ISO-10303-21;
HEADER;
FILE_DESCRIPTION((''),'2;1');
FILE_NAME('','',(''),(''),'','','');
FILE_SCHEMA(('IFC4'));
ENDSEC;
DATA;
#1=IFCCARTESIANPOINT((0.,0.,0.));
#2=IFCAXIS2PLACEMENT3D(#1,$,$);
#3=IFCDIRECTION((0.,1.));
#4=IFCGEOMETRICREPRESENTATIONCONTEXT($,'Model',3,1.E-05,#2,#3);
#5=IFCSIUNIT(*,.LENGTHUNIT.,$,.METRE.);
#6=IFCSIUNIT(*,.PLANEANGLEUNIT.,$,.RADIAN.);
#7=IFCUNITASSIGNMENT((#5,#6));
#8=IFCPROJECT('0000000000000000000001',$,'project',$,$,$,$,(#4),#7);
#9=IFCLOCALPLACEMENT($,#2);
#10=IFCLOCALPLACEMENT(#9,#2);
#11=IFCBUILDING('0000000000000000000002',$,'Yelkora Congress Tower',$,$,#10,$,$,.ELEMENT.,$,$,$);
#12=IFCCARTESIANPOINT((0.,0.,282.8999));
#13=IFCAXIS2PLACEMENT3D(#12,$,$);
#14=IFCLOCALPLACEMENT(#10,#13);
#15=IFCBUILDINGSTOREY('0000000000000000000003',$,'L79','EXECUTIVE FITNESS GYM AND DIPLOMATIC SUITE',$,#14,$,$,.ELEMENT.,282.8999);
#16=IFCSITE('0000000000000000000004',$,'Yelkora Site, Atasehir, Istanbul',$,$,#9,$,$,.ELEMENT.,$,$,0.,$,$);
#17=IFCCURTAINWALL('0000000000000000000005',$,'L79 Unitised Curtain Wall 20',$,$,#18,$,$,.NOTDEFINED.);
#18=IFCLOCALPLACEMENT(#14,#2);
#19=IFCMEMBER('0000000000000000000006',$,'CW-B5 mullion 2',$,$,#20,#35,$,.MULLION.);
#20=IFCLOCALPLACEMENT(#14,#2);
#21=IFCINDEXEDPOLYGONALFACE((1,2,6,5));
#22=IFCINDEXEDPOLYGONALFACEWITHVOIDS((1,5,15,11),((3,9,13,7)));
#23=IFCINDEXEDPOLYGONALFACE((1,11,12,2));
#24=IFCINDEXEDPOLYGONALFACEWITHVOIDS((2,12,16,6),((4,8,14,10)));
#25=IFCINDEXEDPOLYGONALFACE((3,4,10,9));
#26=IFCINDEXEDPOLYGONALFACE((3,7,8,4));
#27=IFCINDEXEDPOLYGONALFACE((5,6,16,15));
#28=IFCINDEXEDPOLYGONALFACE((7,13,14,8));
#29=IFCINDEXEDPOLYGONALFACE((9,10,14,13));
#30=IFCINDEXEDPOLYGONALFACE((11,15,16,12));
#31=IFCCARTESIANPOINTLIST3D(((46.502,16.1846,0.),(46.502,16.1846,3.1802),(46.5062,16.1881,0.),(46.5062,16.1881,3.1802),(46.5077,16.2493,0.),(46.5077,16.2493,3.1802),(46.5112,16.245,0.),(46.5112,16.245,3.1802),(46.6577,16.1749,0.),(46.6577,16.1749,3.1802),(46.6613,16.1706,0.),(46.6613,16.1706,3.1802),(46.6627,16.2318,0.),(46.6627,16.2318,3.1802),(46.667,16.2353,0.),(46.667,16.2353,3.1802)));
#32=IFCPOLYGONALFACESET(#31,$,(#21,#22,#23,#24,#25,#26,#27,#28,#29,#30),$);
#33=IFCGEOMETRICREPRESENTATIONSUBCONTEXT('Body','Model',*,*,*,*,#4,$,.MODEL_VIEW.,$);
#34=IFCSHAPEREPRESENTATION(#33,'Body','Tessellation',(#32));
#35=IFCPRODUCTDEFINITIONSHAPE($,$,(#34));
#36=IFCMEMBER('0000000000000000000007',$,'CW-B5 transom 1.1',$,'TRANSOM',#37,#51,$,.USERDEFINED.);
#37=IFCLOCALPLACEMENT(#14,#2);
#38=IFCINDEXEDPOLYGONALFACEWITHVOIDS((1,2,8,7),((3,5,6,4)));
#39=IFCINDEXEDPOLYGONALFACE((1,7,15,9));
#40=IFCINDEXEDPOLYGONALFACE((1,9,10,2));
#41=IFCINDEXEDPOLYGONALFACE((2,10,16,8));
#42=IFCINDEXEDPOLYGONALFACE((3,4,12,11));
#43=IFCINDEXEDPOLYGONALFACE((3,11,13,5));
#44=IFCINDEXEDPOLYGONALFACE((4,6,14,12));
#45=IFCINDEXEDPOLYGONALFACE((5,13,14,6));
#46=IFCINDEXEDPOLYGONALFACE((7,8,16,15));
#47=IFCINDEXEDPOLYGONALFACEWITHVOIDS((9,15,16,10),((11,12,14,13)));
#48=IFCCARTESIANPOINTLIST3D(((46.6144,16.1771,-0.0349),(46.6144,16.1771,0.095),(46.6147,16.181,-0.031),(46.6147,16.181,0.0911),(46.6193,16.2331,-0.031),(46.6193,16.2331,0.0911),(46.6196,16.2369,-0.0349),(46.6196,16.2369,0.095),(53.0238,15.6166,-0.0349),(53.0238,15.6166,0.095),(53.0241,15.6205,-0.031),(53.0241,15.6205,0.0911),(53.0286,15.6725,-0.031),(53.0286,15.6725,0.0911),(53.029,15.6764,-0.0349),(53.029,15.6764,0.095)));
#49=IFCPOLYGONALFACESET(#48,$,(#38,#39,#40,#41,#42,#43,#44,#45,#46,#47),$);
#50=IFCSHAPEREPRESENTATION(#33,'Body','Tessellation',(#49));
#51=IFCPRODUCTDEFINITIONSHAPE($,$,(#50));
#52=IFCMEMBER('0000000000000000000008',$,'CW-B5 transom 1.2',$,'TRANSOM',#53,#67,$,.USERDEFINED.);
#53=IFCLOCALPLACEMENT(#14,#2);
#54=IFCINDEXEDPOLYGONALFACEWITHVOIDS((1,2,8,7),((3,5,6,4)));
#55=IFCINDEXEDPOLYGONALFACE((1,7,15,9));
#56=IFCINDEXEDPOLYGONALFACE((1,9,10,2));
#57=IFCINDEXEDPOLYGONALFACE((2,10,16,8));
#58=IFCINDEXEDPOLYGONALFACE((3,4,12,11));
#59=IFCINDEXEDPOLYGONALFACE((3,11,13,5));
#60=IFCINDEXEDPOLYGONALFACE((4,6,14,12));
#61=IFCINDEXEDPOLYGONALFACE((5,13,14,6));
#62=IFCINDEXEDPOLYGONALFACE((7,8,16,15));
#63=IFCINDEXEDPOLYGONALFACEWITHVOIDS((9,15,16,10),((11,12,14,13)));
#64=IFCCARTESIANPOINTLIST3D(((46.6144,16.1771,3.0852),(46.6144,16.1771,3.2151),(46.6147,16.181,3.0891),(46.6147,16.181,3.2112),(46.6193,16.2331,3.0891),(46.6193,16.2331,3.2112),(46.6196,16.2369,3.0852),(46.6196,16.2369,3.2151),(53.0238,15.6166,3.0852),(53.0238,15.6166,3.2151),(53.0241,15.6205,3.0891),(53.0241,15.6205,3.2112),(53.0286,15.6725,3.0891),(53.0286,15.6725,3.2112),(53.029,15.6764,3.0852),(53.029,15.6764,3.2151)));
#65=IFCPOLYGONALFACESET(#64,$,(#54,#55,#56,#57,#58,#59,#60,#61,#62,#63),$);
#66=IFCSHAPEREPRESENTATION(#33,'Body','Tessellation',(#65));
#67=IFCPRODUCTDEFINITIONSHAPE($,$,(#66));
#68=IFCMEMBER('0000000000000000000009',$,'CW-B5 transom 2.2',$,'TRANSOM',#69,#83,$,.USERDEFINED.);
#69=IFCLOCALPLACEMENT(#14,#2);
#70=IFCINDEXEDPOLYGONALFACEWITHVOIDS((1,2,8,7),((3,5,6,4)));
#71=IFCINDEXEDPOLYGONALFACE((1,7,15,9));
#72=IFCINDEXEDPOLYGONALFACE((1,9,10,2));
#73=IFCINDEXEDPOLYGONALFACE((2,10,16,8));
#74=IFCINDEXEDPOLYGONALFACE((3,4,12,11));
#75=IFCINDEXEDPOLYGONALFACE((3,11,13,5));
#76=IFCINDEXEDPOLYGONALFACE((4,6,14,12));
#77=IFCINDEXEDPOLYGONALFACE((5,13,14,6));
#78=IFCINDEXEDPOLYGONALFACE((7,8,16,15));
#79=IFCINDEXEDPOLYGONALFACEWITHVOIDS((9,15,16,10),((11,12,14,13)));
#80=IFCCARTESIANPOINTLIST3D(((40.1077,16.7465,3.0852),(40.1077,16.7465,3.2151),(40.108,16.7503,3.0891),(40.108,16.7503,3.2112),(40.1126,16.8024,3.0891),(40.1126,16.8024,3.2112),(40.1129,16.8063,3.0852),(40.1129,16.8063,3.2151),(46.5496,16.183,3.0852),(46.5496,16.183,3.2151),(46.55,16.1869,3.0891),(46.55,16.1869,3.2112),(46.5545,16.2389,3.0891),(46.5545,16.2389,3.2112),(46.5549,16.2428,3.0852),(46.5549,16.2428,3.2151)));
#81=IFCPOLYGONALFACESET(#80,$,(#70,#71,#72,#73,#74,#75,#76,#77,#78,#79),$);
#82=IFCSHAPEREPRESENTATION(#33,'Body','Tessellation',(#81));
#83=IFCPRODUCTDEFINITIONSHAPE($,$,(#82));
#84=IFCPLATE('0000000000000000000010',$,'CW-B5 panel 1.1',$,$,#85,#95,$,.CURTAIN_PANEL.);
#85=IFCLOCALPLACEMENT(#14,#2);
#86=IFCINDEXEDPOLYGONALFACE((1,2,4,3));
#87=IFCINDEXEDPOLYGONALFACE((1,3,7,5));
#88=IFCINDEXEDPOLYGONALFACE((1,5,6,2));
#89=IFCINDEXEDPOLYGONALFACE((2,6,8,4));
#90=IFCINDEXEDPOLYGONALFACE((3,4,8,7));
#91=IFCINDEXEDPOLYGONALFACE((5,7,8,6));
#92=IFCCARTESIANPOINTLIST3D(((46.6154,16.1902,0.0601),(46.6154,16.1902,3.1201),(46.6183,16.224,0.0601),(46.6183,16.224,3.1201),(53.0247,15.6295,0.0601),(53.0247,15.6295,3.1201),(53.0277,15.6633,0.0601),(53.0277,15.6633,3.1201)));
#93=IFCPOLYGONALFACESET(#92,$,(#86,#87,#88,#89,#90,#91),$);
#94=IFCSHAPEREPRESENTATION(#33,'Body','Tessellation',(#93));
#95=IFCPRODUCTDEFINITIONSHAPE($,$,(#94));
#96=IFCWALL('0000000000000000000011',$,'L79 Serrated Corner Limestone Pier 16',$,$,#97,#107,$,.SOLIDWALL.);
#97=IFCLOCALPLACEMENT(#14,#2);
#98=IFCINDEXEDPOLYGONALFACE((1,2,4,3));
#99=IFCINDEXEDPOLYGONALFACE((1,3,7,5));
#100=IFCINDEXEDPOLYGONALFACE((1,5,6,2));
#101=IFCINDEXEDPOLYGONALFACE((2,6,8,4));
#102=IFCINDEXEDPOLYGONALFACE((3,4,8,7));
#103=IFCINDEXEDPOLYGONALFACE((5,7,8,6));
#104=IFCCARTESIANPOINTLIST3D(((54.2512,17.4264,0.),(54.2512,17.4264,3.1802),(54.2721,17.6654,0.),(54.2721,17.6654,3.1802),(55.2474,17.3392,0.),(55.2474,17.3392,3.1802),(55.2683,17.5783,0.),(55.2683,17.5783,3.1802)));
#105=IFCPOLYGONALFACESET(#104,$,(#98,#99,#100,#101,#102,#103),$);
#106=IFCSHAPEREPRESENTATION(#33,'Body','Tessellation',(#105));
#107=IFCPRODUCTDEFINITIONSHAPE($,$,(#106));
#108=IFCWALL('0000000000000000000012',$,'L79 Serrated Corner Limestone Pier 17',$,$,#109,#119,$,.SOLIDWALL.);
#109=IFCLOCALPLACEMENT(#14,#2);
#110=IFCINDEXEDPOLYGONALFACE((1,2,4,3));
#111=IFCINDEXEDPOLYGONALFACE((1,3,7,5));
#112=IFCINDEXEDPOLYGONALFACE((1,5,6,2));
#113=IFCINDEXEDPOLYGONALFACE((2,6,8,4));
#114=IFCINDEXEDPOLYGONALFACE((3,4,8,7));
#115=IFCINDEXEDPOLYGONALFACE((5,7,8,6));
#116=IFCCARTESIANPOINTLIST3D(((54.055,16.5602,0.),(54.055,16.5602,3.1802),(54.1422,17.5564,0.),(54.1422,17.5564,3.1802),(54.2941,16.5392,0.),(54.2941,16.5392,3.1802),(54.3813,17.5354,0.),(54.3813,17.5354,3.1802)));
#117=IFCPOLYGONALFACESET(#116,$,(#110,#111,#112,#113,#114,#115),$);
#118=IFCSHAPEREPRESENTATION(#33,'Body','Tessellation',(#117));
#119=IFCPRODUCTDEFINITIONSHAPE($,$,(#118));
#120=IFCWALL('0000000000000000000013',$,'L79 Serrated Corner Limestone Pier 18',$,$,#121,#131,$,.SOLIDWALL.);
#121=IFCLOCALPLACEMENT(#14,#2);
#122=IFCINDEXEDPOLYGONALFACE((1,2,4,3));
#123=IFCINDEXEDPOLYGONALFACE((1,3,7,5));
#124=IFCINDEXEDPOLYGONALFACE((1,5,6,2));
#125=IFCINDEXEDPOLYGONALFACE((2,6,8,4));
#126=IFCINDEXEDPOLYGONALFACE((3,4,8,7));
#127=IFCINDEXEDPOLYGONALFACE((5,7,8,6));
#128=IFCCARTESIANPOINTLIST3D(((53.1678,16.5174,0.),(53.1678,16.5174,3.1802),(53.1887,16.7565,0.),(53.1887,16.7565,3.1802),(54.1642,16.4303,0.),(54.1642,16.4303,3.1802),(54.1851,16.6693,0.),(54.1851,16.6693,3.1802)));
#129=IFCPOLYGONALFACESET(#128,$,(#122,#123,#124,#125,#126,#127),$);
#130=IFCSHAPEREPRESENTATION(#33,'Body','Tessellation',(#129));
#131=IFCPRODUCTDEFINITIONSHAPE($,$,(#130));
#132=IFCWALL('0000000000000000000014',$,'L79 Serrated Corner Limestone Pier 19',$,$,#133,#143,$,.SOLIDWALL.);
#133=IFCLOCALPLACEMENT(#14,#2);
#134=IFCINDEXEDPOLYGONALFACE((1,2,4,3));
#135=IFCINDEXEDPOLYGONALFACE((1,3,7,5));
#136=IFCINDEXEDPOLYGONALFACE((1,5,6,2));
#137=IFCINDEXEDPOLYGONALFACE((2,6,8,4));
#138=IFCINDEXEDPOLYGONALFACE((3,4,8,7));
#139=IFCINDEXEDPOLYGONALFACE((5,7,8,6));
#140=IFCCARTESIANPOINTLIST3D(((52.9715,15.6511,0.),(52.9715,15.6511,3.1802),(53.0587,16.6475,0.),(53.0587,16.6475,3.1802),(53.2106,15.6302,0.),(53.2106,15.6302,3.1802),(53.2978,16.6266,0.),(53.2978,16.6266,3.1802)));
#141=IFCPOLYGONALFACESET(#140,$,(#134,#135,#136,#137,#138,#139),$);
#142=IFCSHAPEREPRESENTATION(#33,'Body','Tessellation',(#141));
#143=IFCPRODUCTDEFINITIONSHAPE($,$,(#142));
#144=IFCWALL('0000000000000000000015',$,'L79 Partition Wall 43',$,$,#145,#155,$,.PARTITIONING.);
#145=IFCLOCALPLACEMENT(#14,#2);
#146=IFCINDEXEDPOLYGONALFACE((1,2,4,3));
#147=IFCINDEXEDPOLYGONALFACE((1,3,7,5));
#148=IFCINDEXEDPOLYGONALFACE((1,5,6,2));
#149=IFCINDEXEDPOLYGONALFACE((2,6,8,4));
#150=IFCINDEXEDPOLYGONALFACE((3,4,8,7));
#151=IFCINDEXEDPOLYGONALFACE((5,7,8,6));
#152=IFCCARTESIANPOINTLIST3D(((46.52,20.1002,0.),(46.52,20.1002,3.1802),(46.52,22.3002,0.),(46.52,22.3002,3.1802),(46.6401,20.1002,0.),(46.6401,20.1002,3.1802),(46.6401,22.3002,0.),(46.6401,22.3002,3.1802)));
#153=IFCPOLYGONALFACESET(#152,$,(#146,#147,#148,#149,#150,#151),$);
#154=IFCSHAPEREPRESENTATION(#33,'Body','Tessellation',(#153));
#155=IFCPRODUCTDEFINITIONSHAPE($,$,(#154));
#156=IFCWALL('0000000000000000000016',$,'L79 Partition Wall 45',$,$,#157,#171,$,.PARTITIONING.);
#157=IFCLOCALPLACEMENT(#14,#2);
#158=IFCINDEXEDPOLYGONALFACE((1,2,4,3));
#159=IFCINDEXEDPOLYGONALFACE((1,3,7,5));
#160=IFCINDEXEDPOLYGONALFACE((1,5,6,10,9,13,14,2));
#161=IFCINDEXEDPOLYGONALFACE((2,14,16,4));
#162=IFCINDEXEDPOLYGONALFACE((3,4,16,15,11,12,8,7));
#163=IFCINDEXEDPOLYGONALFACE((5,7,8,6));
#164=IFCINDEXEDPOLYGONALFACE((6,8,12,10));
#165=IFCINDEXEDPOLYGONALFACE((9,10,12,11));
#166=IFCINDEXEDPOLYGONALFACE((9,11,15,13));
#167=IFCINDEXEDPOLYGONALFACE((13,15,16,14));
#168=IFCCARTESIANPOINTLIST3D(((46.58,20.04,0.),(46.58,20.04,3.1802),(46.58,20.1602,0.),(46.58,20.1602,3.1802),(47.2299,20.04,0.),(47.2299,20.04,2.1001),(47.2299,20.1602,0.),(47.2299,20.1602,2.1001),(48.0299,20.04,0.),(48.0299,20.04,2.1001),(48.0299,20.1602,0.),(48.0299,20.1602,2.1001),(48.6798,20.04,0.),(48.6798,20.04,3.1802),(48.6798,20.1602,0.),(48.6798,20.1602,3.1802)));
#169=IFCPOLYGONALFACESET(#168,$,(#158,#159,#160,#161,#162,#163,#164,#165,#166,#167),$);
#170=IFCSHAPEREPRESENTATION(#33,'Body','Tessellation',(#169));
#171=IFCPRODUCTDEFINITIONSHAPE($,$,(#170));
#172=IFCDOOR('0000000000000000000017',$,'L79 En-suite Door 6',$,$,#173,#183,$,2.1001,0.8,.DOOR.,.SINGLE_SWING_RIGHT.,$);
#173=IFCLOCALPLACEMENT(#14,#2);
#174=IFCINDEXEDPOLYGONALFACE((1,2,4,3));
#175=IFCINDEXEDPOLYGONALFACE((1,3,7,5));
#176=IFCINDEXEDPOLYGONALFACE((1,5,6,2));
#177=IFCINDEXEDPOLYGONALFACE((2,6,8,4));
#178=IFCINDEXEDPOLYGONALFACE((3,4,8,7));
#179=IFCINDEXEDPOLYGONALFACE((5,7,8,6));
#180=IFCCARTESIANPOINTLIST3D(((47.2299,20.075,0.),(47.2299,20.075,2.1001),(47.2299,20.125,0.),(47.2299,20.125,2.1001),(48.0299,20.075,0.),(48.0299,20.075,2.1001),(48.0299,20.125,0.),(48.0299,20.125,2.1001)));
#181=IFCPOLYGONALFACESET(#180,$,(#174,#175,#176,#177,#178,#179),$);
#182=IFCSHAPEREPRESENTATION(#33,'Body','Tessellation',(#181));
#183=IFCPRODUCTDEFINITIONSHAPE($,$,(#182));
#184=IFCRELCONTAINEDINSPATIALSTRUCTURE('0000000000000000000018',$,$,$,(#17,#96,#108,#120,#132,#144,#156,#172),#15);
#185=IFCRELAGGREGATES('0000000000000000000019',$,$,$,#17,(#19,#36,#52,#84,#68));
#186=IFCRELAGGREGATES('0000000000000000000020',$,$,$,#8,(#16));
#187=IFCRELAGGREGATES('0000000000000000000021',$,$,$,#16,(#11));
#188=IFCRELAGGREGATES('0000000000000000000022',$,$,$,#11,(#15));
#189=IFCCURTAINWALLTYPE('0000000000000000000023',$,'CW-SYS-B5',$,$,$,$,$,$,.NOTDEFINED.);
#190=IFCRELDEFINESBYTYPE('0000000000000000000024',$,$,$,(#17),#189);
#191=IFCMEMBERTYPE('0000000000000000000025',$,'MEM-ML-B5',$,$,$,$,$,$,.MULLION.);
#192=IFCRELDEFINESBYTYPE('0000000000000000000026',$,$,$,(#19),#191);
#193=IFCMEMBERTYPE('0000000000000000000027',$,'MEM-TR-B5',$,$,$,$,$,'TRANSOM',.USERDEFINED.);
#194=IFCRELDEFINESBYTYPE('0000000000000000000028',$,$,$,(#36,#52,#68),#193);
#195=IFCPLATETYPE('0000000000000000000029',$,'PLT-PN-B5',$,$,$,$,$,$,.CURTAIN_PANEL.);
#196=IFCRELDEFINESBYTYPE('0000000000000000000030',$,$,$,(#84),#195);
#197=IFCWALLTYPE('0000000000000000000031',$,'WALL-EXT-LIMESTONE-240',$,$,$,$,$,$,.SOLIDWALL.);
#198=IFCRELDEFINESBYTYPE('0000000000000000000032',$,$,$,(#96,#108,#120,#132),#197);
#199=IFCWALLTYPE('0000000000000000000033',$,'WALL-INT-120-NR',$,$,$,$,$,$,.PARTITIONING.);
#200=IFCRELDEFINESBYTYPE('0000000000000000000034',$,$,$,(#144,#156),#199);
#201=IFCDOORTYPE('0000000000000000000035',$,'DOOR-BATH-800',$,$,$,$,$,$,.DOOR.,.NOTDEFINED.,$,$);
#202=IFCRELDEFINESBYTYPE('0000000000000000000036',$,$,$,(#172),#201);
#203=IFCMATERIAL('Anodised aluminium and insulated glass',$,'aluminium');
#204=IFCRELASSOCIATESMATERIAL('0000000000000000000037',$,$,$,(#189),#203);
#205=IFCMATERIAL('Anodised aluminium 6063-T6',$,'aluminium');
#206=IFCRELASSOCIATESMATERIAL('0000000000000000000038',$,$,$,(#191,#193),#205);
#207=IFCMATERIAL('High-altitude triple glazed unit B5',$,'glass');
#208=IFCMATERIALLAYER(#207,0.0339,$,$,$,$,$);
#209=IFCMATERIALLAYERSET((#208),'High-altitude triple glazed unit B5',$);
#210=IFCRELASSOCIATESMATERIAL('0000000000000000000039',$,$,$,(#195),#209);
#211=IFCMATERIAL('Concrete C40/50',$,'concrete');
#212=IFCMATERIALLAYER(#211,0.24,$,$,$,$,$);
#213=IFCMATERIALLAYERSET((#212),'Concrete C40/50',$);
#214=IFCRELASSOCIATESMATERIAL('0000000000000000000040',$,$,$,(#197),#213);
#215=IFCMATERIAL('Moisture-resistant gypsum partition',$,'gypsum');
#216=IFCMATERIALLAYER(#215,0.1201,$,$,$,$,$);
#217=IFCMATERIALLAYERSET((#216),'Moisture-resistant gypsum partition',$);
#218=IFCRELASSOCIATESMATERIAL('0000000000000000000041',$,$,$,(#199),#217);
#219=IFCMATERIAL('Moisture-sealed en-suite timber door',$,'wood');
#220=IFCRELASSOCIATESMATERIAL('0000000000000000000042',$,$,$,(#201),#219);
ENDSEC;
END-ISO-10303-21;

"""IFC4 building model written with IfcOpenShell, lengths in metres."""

from ifc_helpers import new_model, si_unit, direction, frame, frame_2d, origin, origin_2d, place, context, subcontext, project, spatial, rectangle, hollow_rectangle, extrude, material, layer, layer_set, material_profile, profile_set, type_object, element, fill, aggregate, save


model = new_model("IFC4")

# Units and contexts
model_context = context("Model", 3, precision=1e-05, world=origin(), true_north=direction((0.0, 1.0)))
body_context = subcontext(model_context, "Body", "Model", "MODEL_VIEW")
ifc_project = project(units=[si_unit("LENGTHUNIT", "METRE"), si_unit("PLANEANGLEUNIT", "RADIAN")], contexts=[model_context])

# Site, building, storey
site_placement = place(None, origin())
site = spatial("IfcSite", under=ifc_project, at=site_placement, Name="Yelkora Site, Atasehir, Istanbul", CompositionType="ELEMENT", RefElevation=0.0)
building_placement = place(site_placement, origin())
building = spatial("IfcBuilding", under=site, at=building_placement, Name="Yelkora Congress Tower", CompositionType="ELEMENT")
storey_placement = place(building_placement, frame((0.0, 0.0, 282.8999)))
storey = spatial("IfcBuildingStorey", under=building, at=storey_placement, Name="L79", Description="EXECUTIVE FITNESS GYM AND DIPLOMATIC SUITE", CompositionType="ELEMENT", Elevation=282.8999)

# Shared definitions
ifc_material_1 = material(Name="Anodised aluminium and insulated glass", Category="aluminium")
curtain_wall_type = type_object("IfcCurtainWallType", Name="CW-SYS-B5", PredefinedType="NOTDEFINED", material=ifc_material_1)
ifc_material_2 = material(Name="Anodised aluminium 6063-T6", Category="aluminium")
ifc_material_profile_1 = material_profile(ifc_material_2, hollow_rectangle(XDim=0.0649, YDim=0.1599, WallThickness=0.0039, at=origin_2d()), Name="ALU 65x160x4")
ifc_profile_set_1 = profile_set([ifc_material_profile_1], Name="Anodised aluminium 6063-T6")
member_type_1 = type_object("IfcMemberType", Name="MEM-ML-B5", PredefinedType="MULLION", material=ifc_profile_set_1)

# Curtain wall, members, plate
curtain_wall_1_placement = place(storey_placement, origin())
curtain_wall_1 = element("IfcCurtainWall", 1, at=curtain_wall_1_placement, inside=storey, type_object=curtain_wall_type, Name="L79 Unitised Curtain Wall 20", PredefinedType="NOTDEFINED")
member_1_placement = place(storey_placement, frame((46.5845, 16.21, 0.0), z_axis=(0.0, 0.0, 1.0), x_axis=(-0.087157, -0.996195, 0.0)))
member_1 = element("IfcMember", 2, at=member_1_placement, type_object=member_type_1, Name="CW-B5 mullion 2", PredefinedType="MULLION", context=body_context, shape_type="SweptSolid", body=[
    extrude(hollow_rectangle(XDim=0.0649, YDim=0.1599, WallThickness=0.0039, at=origin_2d()), origin(), (0.0, 0.0, 1.0), 3.1802),
])
ifc_material_profile_2 = material_profile(ifc_material_2, hollow_rectangle(XDim=0.0601, YDim=0.1299, WallThickness=0.0039, at=origin_2d()), Name="ALU 60x130x4")
ifc_profile_set_2 = profile_set([ifc_material_profile_2], Name="Anodised aluminium 6063-T6")
member_type_2 = type_object("IfcMemberType", Name="MEM-TR-B5", ElementType="TRANSOM", PredefinedType="USERDEFINED", material=ifc_profile_set_2)
member_2_placement = place(storey_placement, frame((53.0264, 15.6465, 0.03), z_axis=(-0.996197, 0.087124, 0.0), x_axis=(-0.087124, -0.996197, 0.0)))
member_2 = element("IfcMember", 3, at=member_2_placement, type_object=member_type_2, Name="CW-B5 transom 1.1", ObjectType="TRANSOM", PredefinedType="USERDEFINED", context=body_context, shape_type="SweptSolid", body=[
    extrude(hollow_rectangle(XDim=0.0601, YDim=0.1299, WallThickness=0.0039, at=origin_2d()), origin(), (0.0, 0.0, 1.0), 6.4338),
])
member_3_placement = place(storey_placement, frame((53.0264, 15.6465, 3.1501), z_axis=(-0.996197, 0.087124, 0.0), x_axis=(-0.087124, -0.996197, 0.0)))
member_3 = element("IfcMember", 4, at=member_3_placement, type_object=member_type_2, Name="CW-B5 transom 1.2", ObjectType="TRANSOM", PredefinedType="USERDEFINED", context=body_context, shape_type="SweptSolid", body=[
    extrude(hollow_rectangle(XDim=0.0601, YDim=0.1299, WallThickness=0.0039, at=origin_2d()), origin(), (0.0, 0.0, 1.0), 6.4338),
])
member_4_placement = place(storey_placement, frame((46.5522, 16.2129, 3.1501), z_axis=(-0.996196, 0.087138, 0.0), x_axis=(-0.087138, -0.996196, 0.0)))
member_4 = element("IfcMember", 5, at=member_4_placement, type_object=member_type_2, Name="CW-B5 transom 2.2", ObjectType="TRANSOM", PredefinedType="USERDEFINED", context=body_context, shape_type="SweptSolid", body=[
    extrude(hollow_rectangle(XDim=0.0601, YDim=0.1299, WallThickness=0.0039, at=origin_2d()), origin(), (0.0, 0.0, 1.0), 6.4666),
])
ifc_material_3 = material(Name="High-altitude triple glazed unit B5", Category="glass")
ifc_layer_1 = layer(ifc_material_3, 0.0339)
ifc_layer_set_1 = layer_set([ifc_layer_1], Name="High-altitude triple glazed unit B5")
plate_type = type_object("IfcPlateType", Name="PLT-PN-B5", PredefinedType="CURTAIN_PANEL", material=ifc_layer_set_1)
plate_placement = place(storey_placement, frame((49.8215, 15.9268, 0.0601), z_axis=(0.0, 0.0, 1.0), x_axis=(-0.996195, 0.087157, 0.0)))
plate = element("IfcPlate", 6, at=plate_placement, type_object=plate_type, Name="CW-B5 panel 1.1", PredefinedType="CURTAIN_PANEL", context=body_context, shape_type="SweptSolid", body=[
    extrude(rectangle(XDim=6.4338, YDim=0.0339, at=origin_2d()), origin(), (0.0, 0.0, 1.0), 3.0601),
])
aggregate(curtain_wall_1, [member_1, member_2, member_3, plate, member_4])

# Walls
ifc_material_4 = material(Name="Concrete C40/50", Category="concrete")
ifc_layer_2 = layer(ifc_material_4, 0.24)
ifc_layer_set_2 = layer_set([ifc_layer_2], Name="Concrete C40/50")
wall_type_1 = type_object("IfcWallType", Name="WALL-EXT-LIMESTONE-240", PredefinedType="SOLIDWALL", material=ifc_layer_set_2)
for number, where, z_axis, x_axis, name in (
    (7, (55.2578, 17.4587, 0.0), (0.0, 0.0, 1.0), (-0.996194, 0.087167, 0.0), "L79 Serrated Corner Limestone Pier 16"),
    (8, (54.2617, 17.5459, 0.0), (0.0, 0.0, 1.0), (-0.087167, -0.996194, 0.0), "L79 Serrated Corner Limestone Pier 17"),
):
    element("IfcWall", number, at=place(storey_placement, frame(where, z_axis=z_axis, x_axis=x_axis)), inside=storey, type_object=wall_type_1, Name=name, PredefinedType="SOLIDWALL", context=body_context, shape_type="SweptSolid", body=[
        extrude(rectangle(XDim=1.0, YDim=0.24, at=frame_2d((0.5, 0.0))), origin(), (0.0, 0.0, 1.0), 3.1802),
    ])
for number, where, z_axis, x_axis, name in (
    (9, (54.1746, 16.5498, 0.0), (0.0, 0.0, 1.0), (-0.996196, 0.087146, 0.0), "L79 Serrated Corner Limestone Pier 18"),
    (10, (53.1782, 16.637, 0.0), (0.0, 0.0, 1.0), (-0.087146, -0.996196, 0.0), "L79 Serrated Corner Limestone Pier 19"),
):
    element("IfcWall", number, at=place(storey_placement, frame(where, z_axis=z_axis, x_axis=x_axis)), inside=storey, type_object=wall_type_1, Name=name, PredefinedType="SOLIDWALL", context=body_context, shape_type="SweptSolid", body=[
        extrude(rectangle(XDim=1.0002, YDim=0.24, at=frame_2d((0.5, 0.0))), origin(), (0.0, 0.0, 1.0), 3.1802),
    ])
ifc_material_5 = material(Name="Moisture-resistant gypsum partition", Category="gypsum")
ifc_layer_3 = layer(ifc_material_5, 0.1201)
ifc_layer_set_3 = layer_set([ifc_layer_3], Name="Moisture-resistant gypsum partition")
wall_type_2 = type_object("IfcWallType", Name="WALL-INT-120-NR", PredefinedType="PARTITIONING", material=ifc_layer_set_3)
wall_1_placement = place(storey_placement, frame((46.5801, 20.1001, 0.0), z_axis=(0.0, 0.0, 1.0), x_axis=(0.0, 1.0, 0.0)))
element("IfcWall", 11, at=wall_1_placement, inside=storey, type_object=wall_type_2, Name="L79 Partition Wall 43", PredefinedType="PARTITIONING", context=body_context, shape_type="SweptSolid", body=[
    extrude(rectangle(XDim=2.2, YDim=0.1201, at=frame_2d((1.1001, 0.0))), origin(), (0.0, 0.0, 1.0), 3.1802),
])

# Wall, opening, door
wall_2_placement = place(storey_placement, frame((46.5801, 20.1001, 0.0), z_axis=(0.0, 0.0, 1.0), x_axis=(1.0, 0.0, 0.0)))
wall_2 = element("IfcWall", 12, at=wall_2_placement, inside=storey, type_object=wall_type_2, Name="L79 Partition Wall 45", PredefinedType="PARTITIONING", context=body_context, shape_type="SweptSolid", body=[
    extrude(rectangle(XDim=2.0999, YDim=0.1201, at=frame_2d((1.0498, 0.0))), origin(), (0.0, 0.0, 1.0), 3.1802),
])
opening_placement = place(wall_2_placement, frame((0.6499, 0.0, 0.0)))
opening = element("IfcOpeningElement", 13, at=opening_placement, cuts=wall_2, PredefinedType="OPENING", context=body_context, shape_type="SweptSolid", body=[
    extrude(rectangle(XDim=0.8, YDim=2.1001, at=frame_2d((0.3999, 1.05))), frame((0.0, 0.0701, 0.0), z_axis=(0.0, -1.0, 0.0), x_axis=(1.0, 0.0, 0.0)), (0.0, 0.0, 1.0), 0.1401),
])
ifc_material_6 = material(Name="Moisture-sealed en-suite timber door", Category="wood")
door_type = type_object("IfcDoorType", Name="DOOR-BATH-800", OperationType="NOTDEFINED", PredefinedType="DOOR", material=ifc_material_6)
door_placement = place(opening_placement, origin())
door = element("IfcDoor", 14, at=door_placement, inside=storey, type_object=door_type, Name="L79 En-suite Door 6", OperationType="SINGLE_SWING_RIGHT", OverallHeight=2.1001, OverallWidth=0.8, PredefinedType="DOOR", context=body_context, shape_type="SweptSolid", body=[
    extrude(rectangle(XDim=0.8, YDim=2.1001, at=frame_2d((0.3999, 1.05))), frame((0.0, 0.0249, 0.0), z_axis=(0.0, -1.0, 0.0), x_axis=(1.0, 0.0, 0.0)), (0.0, 0.0, 1.0), 0.05),
])
fill(opening, door)

save(model, "model.ifc")
